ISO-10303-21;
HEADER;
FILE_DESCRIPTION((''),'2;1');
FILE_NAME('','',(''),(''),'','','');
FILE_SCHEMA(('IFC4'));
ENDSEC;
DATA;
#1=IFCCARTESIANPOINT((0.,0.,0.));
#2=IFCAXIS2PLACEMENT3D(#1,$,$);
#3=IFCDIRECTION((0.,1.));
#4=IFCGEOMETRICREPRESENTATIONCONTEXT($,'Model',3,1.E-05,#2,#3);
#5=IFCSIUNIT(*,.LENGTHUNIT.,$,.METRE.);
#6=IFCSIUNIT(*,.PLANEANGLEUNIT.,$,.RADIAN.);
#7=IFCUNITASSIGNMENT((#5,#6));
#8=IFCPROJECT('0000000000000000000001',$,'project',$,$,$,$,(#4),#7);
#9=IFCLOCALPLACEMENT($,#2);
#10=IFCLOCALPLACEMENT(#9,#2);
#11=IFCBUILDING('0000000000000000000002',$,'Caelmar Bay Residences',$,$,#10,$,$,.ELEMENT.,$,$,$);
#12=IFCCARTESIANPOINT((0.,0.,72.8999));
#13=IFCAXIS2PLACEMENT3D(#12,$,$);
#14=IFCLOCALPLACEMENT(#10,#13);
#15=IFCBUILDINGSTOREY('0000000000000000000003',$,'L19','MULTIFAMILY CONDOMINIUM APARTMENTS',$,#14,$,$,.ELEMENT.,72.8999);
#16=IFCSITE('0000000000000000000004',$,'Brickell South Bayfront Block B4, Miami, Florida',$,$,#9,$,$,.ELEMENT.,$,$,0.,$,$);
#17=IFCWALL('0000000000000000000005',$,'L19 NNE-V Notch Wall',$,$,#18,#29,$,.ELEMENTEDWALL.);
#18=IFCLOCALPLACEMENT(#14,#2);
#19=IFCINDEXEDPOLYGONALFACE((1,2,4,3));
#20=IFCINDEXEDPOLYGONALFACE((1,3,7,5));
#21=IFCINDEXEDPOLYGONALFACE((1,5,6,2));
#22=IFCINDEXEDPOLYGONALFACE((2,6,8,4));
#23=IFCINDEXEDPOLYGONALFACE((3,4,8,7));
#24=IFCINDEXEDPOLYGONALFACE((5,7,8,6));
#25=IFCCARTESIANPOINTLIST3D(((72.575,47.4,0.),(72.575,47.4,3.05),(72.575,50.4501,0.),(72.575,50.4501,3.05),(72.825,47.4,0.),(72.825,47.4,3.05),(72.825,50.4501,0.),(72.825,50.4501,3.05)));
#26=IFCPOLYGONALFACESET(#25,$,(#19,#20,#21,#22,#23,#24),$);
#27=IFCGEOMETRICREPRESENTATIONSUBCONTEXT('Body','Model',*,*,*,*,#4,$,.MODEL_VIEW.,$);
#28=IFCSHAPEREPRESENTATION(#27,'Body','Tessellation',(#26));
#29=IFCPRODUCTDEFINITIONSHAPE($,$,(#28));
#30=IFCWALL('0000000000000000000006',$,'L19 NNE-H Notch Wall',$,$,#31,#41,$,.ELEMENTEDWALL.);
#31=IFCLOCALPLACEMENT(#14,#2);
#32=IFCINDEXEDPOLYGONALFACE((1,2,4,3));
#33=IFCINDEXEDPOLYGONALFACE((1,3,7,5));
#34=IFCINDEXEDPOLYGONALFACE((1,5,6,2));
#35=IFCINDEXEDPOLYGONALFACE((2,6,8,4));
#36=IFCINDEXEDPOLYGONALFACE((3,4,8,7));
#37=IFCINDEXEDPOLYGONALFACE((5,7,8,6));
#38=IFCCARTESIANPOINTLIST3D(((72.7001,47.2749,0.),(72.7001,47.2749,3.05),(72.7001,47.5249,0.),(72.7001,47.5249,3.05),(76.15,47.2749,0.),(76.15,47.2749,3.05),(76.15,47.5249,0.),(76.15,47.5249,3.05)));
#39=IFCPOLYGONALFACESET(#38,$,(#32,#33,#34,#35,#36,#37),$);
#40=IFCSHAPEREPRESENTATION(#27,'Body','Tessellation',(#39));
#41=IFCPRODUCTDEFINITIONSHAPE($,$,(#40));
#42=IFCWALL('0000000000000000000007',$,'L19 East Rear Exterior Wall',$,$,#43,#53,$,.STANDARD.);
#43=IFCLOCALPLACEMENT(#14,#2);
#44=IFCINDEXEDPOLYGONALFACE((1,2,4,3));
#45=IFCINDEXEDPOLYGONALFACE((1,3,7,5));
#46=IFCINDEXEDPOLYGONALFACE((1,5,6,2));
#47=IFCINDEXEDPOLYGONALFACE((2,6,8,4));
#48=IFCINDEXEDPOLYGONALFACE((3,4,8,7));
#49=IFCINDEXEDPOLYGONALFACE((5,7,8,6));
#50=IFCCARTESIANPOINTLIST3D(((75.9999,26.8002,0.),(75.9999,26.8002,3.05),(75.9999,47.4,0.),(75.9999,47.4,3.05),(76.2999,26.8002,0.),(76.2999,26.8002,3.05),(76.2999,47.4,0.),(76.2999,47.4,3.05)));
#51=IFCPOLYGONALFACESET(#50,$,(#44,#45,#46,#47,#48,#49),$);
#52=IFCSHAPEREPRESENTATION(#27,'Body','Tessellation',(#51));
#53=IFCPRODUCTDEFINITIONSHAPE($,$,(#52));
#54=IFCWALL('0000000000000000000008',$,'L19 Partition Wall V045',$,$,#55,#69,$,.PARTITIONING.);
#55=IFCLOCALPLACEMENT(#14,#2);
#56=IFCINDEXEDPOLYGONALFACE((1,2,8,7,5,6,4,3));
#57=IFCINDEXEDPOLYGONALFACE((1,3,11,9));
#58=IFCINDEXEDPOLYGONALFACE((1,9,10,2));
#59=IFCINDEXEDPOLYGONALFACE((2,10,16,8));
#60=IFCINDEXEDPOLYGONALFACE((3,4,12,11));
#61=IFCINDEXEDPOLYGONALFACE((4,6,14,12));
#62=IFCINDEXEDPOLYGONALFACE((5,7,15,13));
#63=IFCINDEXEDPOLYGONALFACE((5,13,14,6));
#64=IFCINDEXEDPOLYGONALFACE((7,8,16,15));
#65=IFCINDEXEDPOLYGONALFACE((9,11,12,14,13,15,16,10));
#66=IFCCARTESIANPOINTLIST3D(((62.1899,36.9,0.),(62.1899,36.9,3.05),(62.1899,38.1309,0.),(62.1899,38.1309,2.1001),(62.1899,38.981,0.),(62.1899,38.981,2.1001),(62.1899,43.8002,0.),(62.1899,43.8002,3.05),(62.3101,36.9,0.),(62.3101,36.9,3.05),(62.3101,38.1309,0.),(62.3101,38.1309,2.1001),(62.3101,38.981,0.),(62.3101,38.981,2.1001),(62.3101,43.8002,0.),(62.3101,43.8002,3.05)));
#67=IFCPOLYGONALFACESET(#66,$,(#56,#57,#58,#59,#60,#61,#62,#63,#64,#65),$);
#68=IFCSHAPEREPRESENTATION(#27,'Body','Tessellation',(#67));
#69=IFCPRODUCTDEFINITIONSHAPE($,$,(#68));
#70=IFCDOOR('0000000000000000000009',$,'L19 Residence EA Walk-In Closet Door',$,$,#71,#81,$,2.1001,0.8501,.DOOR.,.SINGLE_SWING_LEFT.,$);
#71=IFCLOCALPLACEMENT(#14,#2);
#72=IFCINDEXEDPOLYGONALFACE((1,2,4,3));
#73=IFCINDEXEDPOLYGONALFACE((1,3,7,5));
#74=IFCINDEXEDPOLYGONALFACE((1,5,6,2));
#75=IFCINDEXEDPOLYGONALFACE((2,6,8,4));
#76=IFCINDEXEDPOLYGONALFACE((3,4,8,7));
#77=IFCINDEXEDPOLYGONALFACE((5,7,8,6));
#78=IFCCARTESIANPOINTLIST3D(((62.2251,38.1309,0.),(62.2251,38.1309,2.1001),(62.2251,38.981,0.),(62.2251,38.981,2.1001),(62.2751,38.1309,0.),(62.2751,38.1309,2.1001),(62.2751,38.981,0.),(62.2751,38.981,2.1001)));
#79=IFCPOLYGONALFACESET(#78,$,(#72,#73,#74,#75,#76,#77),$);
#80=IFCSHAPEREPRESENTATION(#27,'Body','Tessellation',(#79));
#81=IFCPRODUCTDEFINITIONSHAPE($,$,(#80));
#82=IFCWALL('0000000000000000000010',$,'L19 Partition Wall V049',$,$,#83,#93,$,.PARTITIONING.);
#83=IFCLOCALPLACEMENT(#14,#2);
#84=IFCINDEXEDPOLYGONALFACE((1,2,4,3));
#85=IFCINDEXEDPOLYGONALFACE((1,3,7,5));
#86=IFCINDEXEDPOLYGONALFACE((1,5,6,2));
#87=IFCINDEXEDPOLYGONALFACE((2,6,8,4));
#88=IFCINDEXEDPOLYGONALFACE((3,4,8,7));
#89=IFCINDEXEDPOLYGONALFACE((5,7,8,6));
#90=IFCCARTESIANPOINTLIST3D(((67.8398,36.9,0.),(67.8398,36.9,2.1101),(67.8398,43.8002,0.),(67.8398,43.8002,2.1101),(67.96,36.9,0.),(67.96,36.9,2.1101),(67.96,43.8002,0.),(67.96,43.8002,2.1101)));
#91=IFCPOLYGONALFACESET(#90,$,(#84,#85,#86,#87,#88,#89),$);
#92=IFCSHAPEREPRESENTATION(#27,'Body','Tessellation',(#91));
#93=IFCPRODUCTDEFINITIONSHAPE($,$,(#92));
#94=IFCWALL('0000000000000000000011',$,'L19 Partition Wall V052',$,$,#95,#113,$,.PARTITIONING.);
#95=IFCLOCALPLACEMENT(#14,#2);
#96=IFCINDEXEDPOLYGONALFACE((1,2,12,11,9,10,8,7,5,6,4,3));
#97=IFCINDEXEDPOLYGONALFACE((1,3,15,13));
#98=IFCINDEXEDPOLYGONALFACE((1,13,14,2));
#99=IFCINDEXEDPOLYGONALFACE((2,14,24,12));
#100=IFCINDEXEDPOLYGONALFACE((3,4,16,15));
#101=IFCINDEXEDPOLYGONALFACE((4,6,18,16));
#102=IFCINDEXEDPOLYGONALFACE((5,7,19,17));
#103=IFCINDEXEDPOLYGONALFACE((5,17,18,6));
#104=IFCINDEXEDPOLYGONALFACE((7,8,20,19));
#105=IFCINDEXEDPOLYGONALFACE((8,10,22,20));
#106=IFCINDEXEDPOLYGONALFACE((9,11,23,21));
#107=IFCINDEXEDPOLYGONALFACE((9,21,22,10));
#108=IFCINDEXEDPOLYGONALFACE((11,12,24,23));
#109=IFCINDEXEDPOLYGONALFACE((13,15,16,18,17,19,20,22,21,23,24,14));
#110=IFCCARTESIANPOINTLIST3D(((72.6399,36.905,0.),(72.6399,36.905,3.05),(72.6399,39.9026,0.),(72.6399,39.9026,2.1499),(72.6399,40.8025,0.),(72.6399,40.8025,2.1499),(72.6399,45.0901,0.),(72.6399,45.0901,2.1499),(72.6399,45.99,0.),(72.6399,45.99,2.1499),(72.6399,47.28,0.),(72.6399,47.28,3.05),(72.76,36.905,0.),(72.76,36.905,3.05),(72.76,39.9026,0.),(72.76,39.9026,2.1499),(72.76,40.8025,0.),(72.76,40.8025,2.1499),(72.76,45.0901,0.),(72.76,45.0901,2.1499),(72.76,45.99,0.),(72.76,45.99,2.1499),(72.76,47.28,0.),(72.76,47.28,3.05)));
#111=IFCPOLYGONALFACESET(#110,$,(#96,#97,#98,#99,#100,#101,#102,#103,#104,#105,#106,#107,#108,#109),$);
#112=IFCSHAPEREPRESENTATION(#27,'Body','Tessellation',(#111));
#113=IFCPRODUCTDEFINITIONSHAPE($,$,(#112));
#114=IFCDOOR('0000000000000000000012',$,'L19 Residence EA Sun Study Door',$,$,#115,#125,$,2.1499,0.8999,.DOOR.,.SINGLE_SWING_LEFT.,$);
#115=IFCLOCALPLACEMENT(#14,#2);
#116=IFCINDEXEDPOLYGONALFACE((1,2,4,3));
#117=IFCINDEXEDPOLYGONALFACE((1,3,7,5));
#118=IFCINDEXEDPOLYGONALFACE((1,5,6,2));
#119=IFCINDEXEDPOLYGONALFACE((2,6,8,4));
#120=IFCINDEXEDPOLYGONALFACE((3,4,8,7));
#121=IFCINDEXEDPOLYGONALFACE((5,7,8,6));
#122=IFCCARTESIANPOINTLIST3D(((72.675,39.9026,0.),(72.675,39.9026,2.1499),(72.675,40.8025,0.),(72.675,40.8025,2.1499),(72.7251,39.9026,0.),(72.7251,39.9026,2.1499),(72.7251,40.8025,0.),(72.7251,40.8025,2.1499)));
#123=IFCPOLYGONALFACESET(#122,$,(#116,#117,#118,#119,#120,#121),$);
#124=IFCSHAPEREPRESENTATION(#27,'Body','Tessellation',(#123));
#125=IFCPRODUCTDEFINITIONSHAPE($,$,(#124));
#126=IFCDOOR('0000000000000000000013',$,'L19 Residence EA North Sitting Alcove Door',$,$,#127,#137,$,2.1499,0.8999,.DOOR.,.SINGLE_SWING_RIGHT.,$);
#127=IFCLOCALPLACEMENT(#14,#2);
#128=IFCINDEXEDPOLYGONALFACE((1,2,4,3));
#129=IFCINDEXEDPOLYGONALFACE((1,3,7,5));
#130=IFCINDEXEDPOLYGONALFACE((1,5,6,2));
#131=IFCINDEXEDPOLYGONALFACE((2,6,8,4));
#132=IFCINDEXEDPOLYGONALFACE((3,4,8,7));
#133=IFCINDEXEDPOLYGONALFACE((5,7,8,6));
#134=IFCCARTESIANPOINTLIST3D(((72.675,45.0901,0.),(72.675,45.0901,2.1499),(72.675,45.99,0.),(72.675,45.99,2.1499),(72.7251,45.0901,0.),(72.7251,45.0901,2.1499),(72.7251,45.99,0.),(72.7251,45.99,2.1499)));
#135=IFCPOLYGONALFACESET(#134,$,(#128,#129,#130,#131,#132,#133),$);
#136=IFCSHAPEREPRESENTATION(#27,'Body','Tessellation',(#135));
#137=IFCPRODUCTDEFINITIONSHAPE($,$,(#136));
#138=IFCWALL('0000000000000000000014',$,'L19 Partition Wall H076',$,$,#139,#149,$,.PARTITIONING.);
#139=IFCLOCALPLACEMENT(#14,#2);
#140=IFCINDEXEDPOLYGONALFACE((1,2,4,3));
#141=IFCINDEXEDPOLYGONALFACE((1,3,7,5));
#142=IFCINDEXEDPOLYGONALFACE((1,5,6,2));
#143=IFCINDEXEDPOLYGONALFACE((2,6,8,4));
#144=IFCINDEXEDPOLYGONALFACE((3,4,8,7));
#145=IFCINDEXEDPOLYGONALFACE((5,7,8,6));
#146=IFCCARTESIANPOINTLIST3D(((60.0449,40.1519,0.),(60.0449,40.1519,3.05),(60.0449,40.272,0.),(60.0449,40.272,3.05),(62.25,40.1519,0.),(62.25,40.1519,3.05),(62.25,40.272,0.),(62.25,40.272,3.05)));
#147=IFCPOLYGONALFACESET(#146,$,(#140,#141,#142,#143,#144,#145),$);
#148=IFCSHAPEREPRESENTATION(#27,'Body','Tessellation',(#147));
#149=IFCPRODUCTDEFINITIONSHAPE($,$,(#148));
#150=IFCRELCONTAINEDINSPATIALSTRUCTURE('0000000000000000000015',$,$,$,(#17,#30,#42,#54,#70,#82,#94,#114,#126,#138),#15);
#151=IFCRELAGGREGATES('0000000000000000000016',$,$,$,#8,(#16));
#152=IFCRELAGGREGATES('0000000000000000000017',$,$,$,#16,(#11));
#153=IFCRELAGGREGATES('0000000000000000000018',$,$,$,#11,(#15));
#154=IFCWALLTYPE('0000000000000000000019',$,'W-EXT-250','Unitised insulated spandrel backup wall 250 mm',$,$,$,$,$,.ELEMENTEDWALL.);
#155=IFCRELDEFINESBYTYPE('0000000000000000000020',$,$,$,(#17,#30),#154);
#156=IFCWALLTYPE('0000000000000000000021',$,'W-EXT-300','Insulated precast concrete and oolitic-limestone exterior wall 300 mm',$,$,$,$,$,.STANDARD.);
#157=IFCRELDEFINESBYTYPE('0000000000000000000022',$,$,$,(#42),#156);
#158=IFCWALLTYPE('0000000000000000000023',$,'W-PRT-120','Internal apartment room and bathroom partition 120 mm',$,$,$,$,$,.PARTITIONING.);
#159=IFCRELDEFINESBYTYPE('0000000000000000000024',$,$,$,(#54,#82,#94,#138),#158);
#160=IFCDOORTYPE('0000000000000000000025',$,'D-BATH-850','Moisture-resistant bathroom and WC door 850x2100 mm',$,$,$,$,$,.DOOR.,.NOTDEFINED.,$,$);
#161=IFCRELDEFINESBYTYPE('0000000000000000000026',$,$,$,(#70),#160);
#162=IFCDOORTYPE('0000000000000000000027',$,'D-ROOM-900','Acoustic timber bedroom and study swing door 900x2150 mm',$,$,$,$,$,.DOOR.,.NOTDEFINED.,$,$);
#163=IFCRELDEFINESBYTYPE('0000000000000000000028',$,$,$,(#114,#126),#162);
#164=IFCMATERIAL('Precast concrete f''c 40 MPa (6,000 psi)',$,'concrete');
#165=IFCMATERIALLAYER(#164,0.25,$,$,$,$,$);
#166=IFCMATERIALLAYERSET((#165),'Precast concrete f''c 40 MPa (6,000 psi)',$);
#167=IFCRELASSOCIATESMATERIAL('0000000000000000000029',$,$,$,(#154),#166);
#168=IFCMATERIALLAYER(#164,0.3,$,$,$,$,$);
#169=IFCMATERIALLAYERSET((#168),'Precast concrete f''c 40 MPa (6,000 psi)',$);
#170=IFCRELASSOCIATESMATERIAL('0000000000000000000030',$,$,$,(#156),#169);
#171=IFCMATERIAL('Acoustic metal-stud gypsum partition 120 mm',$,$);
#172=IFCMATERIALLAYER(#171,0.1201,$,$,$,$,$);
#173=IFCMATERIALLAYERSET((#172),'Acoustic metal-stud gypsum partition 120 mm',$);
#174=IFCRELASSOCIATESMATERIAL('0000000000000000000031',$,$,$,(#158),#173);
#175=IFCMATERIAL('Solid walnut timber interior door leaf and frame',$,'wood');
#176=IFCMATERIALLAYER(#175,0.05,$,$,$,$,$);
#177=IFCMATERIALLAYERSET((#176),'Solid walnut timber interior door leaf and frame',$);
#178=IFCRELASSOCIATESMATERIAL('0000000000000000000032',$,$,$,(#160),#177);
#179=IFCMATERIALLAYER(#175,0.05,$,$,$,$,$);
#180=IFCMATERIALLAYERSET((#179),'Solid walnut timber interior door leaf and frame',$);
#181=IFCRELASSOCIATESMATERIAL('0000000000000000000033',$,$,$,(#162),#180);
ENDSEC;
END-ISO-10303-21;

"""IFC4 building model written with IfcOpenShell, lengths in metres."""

from ifc_helpers import new_model, si_unit, direction, frame, frame_2d, origin, place, context, subcontext, project, spatial, rectangle, extrude, material, layer, layer_set, type_object, element, fill, save


model = new_model("IFC4")

# Units and contexts
model_context = context("Model", 3, precision=1e-05, world=origin(), true_north=direction((0.0, 1.0)))
body_context = subcontext(model_context, "Body", "Model", "MODEL_VIEW")
ifc_project = project(units=[si_unit("LENGTHUNIT", "METRE"), si_unit("PLANEANGLEUNIT", "RADIAN")], contexts=[model_context])

# Site, building, storey
site_placement = place(None, origin())
site = spatial("IfcSite", under=ifc_project, at=site_placement, Name="Brickell South Bayfront Block B4, Miami, Florida", CompositionType="ELEMENT", RefElevation=0.0)
building_placement = place(site_placement, origin())
building = spatial("IfcBuilding", under=site, at=building_placement, Name="Caelmar Bay Residences", CompositionType="ELEMENT")
storey_placement = place(building_placement, frame((0.0, 0.0, 72.8999)))
storey = spatial("IfcBuildingStorey", under=building, at=storey_placement, Name="L19", Description="MULTIFAMILY CONDOMINIUM APARTMENTS", CompositionType="ELEMENT", Elevation=72.8999)

# Walls
ifc_material_1 = material(Name="Precast concrete f'c 40 MPa (6,000 psi)", Category="concrete")
ifc_layer_1 = layer(ifc_material_1, 0.25)
ifc_layer_set_1 = layer_set([ifc_layer_1], Name="Precast concrete f'c 40 MPa (6,000 psi)")
wall_type_1 = type_object("IfcWallType", Name="W-EXT-250", Description="Unitised insulated spandrel backup wall 250 mm", PredefinedType="ELEMENTEDWALL", material=ifc_layer_set_1)
wall_1_placement = place(storey_placement, frame((72.7, 50.45, 0.0), z_axis=(0.0, 0.0, 1.0), x_axis=(0.0, -1.0, 0.0)))
element("IfcWall", 1, at=wall_1_placement, inside=storey, type_object=wall_type_1, Name="L19 NNE-V Notch Wall", PredefinedType="ELEMENTEDWALL", context=body_context, shape_type="SweptSolid", body=[
    extrude(rectangle(XDim=3.05, YDim=0.25, at=frame_2d((1.5249, 0.0))), origin(), (0.0, 0.0, 1.0), 3.05),
])
wall_2_placement = place(storey_placement, frame((72.7, 47.3999, 0.0), z_axis=(0.0, 0.0, 1.0), x_axis=(1.0, 0.0, 0.0)))
element("IfcWall", 2, at=wall_2_placement, inside=storey, type_object=wall_type_1, Name="L19 NNE-H Notch Wall", PredefinedType="ELEMENTEDWALL", context=body_context, shape_type="SweptSolid", body=[
    extrude(rectangle(XDim=3.45, YDim=0.25, at=frame_2d((1.7251, 0.0))), origin(), (0.0, 0.0, 1.0), 3.05),
])
ifc_layer_2 = layer(ifc_material_1, 0.3)
ifc_layer_set_2 = layer_set([ifc_layer_2], Name="Precast concrete f'c 40 MPa (6,000 psi)")
wall_type_2 = type_object("IfcWallType", Name="W-EXT-300", Description="Insulated precast concrete and oolitic-limestone exterior wall 300 mm", PredefinedType="STANDARD", material=ifc_layer_set_2)
wall_3_placement = place(storey_placement, frame((76.1499, 47.3999, 0.0), z_axis=(0.0, 0.0, 1.0), x_axis=(0.0, -1.0, 0.0)))
element("IfcWall", 3, at=wall_3_placement, inside=storey, type_object=wall_type_2, Name="L19 East Rear Exterior Wall", PredefinedType="STANDARD", context=body_context, shape_type="SweptSolid", body=[
    extrude(rectangle(XDim=20.5999, YDim=0.3, at=frame_2d((10.2998, 0.0))), origin(), (0.0, 0.0, 1.0), 3.05),
])

# Wall, opening, door
ifc_material_2 = material(Name="Acoustic metal-stud gypsum partition 120 mm")
ifc_layer_3 = layer(ifc_material_2, 0.1201)
ifc_layer_set_3 = layer_set([ifc_layer_3], Name="Acoustic metal-stud gypsum partition 120 mm")
wall_type_3 = type_object("IfcWallType", Name="W-PRT-120", Description="Internal apartment room and bathroom partition 120 mm", PredefinedType="PARTITIONING", material=ifc_layer_set_3)
wall_4_placement = place(storey_placement, frame((62.25, 36.8999, 0.0), z_axis=(0.0, 0.0, 1.0), x_axis=(0.0, 1.0, 0.0)))
wall_4 = element("IfcWall", 4, at=wall_4_placement, inside=storey, type_object=wall_type_3, Name="L19 Partition Wall V045", PredefinedType="PARTITIONING", context=body_context, shape_type="SweptSolid", body=[
    extrude(rectangle(XDim=6.9001, YDim=0.1201, at=frame_2d((3.4502, 0.0))), origin(), (0.0, 0.0, 1.0), 3.05),
])
opening_1_placement = place(wall_4_placement, frame((1.231, 0.0, 0.0)))
opening_1 = element("IfcOpeningElement", 5, at=opening_1_placement, cuts=wall_4, PredefinedType="OPENING", context=body_context, shape_type="SweptSolid", body=[
    extrude(rectangle(XDim=0.8501, YDim=2.1001, at=frame_2d((0.425, 1.05))), frame((0.0, 0.0701, 0.0), z_axis=(0.0, -1.0, 0.0), x_axis=(1.0, 0.0, 0.0)), (0.0, 0.0, 1.0), 0.1401),
])
ifc_material_3 = material(Name="Solid walnut timber interior door leaf and frame", Category="wood")
ifc_layer_4 = layer(ifc_material_3, 0.05)
ifc_layer_set_4 = layer_set([ifc_layer_4], Name="Solid walnut timber interior door leaf and frame")
door_type_1 = type_object("IfcDoorType", Name="D-BATH-850", Description="Moisture-resistant bathroom and WC door 850x2100 mm", OperationType="NOTDEFINED", PredefinedType="DOOR", material=ifc_layer_set_4)
door_1_placement = place(opening_1_placement, origin())
door_1 = element("IfcDoor", 6, at=door_1_placement, inside=storey, type_object=door_type_1, Name="L19 Residence EA Walk-In Closet Door", OperationType="SINGLE_SWING_LEFT", OverallHeight=2.1001, OverallWidth=0.8501, PredefinedType="DOOR", context=body_context, shape_type="SweptSolid", body=[
    extrude(rectangle(XDim=0.8501, YDim=2.1001, at=frame_2d((0.425, 1.05))), frame((0.0, 0.0249, 0.0), z_axis=(0.0, -1.0, 0.0), x_axis=(1.0, 0.0, 0.0)), (0.0, 0.0, 1.0), 0.05),
])
fill(opening_1, door_1)

# Wall
wall_5_placement = place(storey_placement, frame((67.8999, 36.8999, 0.0), z_axis=(0.0, 0.0, 1.0), x_axis=(0.0, 1.0, 0.0)))
element("IfcWall", 7, at=wall_5_placement, inside=storey, type_object=wall_type_3, Name="L19 Partition Wall V049", PredefinedType="PARTITIONING", context=body_context, shape_type="SweptSolid", body=[
    extrude(rectangle(XDim=6.9001, YDim=0.1201, at=frame_2d((3.4502, 0.0))), origin(), (0.0, 0.0, 1.0), 2.1101),
])

# Wall, openings, doors
wall_6_placement = place(storey_placement, frame((72.7, 36.905, 0.0), z_axis=(0.0, 0.0, 1.0), x_axis=(0.0, 1.0, 0.0)))
wall_6 = element("IfcWall", 8, at=wall_6_placement, inside=storey, type_object=wall_type_3, Name="L19 Partition Wall V052", PredefinedType="PARTITIONING", context=body_context, shape_type="SweptSolid", body=[
    extrude(rectangle(XDim=10.375, YDim=0.1201, at=frame_2d((5.1875, 0.0))), origin(), (0.0, 0.0, 1.0), 3.05),
])
opening_2_placement = place(wall_6_placement, frame((2.9976, 0.0, 0.0)))
opening_2 = element("IfcOpeningElement", 9, at=opening_2_placement, cuts=wall_6, PredefinedType="OPENING", context=body_context, shape_type="SweptSolid", body=[
    extrude(rectangle(XDim=0.8999, YDim=2.1499, at=frame_2d((0.45, 1.075))), frame((0.0, 0.0701, 0.0), z_axis=(0.0, -1.0, 0.0), x_axis=(1.0, 0.0, 0.0)), (0.0, 0.0, 1.0), 0.1401),
])
opening_3_placement = place(wall_6_placement, frame((8.1851, 0.0, 0.0)))
opening_3 = element("IfcOpeningElement", 10, at=opening_3_placement, cuts=wall_6, PredefinedType="OPENING", context=body_context, shape_type="SweptSolid", body=[
    extrude(rectangle(XDim=0.8999, YDim=2.1499, at=frame_2d((0.45, 1.075))), frame((0.0, 0.0701, 0.0), z_axis=(0.0, -1.0, 0.0), x_axis=(1.0, 0.0, 0.0)), (0.0, 0.0, 1.0), 0.1401),
])
ifc_layer_5 = layer(ifc_material_3, 0.05)
ifc_layer_set_5 = layer_set([ifc_layer_5], Name="Solid walnut timber interior door leaf and frame")
door_type_2 = type_object("IfcDoorType", Name="D-ROOM-900", Description="Acoustic timber bedroom and study swing door 900x2150 mm", OperationType="NOTDEFINED", PredefinedType="DOOR", material=ifc_layer_set_5)
door_2_placement = place(opening_2_placement, origin())
door_2 = element("IfcDoor", 11, at=door_2_placement, inside=storey, type_object=door_type_2, Name="L19 Residence EA Sun Study Door", OperationType="SINGLE_SWING_LEFT", OverallHeight=2.1499, OverallWidth=0.8999, PredefinedType="DOOR", context=body_context, shape_type="SweptSolid", body=[
    extrude(rectangle(XDim=0.8999, YDim=2.1499, at=frame_2d((0.45, 1.075))), frame((0.0, 0.0249, 0.0), z_axis=(0.0, -1.0, 0.0), x_axis=(1.0, 0.0, 0.0)), (0.0, 0.0, 1.0), 0.05),
])
fill(opening_2, door_2)
door_3_placement = place(opening_3_placement, origin())
door_3 = element("IfcDoor", 12, at=door_3_placement, inside=storey, type_object=door_type_2, Name="L19 Residence EA North Sitting Alcove Door", OperationType="SINGLE_SWING_RIGHT", OverallHeight=2.1499, OverallWidth=0.8999, PredefinedType="DOOR", context=body_context, shape_type="SweptSolid", body=[
    extrude(rectangle(XDim=0.8999, YDim=2.1499, at=frame_2d((0.45, 1.075))), frame((0.0, 0.0249, 0.0), z_axis=(0.0, -1.0, 0.0), x_axis=(1.0, 0.0, 0.0)), (0.0, 0.0, 1.0), 0.05),
])
fill(opening_3, door_3)

# Wall
wall_7_placement = place(storey_placement, frame((60.0449, 40.2119, 0.0), z_axis=(0.0, 0.0, 1.0), x_axis=(1.0, 0.0, 0.0)))
element("IfcWall", 13, at=wall_7_placement, inside=storey, type_object=wall_type_3, Name="L19 Partition Wall H076", PredefinedType="PARTITIONING", context=body_context, shape_type="SweptSolid", body=[
    extrude(rectangle(XDim=2.2051, YDim=0.1201, at=frame_2d((1.1025, 0.0))), origin(), (0.0, 0.0, 1.0), 3.05),
])

save(model, "model.ifc")
